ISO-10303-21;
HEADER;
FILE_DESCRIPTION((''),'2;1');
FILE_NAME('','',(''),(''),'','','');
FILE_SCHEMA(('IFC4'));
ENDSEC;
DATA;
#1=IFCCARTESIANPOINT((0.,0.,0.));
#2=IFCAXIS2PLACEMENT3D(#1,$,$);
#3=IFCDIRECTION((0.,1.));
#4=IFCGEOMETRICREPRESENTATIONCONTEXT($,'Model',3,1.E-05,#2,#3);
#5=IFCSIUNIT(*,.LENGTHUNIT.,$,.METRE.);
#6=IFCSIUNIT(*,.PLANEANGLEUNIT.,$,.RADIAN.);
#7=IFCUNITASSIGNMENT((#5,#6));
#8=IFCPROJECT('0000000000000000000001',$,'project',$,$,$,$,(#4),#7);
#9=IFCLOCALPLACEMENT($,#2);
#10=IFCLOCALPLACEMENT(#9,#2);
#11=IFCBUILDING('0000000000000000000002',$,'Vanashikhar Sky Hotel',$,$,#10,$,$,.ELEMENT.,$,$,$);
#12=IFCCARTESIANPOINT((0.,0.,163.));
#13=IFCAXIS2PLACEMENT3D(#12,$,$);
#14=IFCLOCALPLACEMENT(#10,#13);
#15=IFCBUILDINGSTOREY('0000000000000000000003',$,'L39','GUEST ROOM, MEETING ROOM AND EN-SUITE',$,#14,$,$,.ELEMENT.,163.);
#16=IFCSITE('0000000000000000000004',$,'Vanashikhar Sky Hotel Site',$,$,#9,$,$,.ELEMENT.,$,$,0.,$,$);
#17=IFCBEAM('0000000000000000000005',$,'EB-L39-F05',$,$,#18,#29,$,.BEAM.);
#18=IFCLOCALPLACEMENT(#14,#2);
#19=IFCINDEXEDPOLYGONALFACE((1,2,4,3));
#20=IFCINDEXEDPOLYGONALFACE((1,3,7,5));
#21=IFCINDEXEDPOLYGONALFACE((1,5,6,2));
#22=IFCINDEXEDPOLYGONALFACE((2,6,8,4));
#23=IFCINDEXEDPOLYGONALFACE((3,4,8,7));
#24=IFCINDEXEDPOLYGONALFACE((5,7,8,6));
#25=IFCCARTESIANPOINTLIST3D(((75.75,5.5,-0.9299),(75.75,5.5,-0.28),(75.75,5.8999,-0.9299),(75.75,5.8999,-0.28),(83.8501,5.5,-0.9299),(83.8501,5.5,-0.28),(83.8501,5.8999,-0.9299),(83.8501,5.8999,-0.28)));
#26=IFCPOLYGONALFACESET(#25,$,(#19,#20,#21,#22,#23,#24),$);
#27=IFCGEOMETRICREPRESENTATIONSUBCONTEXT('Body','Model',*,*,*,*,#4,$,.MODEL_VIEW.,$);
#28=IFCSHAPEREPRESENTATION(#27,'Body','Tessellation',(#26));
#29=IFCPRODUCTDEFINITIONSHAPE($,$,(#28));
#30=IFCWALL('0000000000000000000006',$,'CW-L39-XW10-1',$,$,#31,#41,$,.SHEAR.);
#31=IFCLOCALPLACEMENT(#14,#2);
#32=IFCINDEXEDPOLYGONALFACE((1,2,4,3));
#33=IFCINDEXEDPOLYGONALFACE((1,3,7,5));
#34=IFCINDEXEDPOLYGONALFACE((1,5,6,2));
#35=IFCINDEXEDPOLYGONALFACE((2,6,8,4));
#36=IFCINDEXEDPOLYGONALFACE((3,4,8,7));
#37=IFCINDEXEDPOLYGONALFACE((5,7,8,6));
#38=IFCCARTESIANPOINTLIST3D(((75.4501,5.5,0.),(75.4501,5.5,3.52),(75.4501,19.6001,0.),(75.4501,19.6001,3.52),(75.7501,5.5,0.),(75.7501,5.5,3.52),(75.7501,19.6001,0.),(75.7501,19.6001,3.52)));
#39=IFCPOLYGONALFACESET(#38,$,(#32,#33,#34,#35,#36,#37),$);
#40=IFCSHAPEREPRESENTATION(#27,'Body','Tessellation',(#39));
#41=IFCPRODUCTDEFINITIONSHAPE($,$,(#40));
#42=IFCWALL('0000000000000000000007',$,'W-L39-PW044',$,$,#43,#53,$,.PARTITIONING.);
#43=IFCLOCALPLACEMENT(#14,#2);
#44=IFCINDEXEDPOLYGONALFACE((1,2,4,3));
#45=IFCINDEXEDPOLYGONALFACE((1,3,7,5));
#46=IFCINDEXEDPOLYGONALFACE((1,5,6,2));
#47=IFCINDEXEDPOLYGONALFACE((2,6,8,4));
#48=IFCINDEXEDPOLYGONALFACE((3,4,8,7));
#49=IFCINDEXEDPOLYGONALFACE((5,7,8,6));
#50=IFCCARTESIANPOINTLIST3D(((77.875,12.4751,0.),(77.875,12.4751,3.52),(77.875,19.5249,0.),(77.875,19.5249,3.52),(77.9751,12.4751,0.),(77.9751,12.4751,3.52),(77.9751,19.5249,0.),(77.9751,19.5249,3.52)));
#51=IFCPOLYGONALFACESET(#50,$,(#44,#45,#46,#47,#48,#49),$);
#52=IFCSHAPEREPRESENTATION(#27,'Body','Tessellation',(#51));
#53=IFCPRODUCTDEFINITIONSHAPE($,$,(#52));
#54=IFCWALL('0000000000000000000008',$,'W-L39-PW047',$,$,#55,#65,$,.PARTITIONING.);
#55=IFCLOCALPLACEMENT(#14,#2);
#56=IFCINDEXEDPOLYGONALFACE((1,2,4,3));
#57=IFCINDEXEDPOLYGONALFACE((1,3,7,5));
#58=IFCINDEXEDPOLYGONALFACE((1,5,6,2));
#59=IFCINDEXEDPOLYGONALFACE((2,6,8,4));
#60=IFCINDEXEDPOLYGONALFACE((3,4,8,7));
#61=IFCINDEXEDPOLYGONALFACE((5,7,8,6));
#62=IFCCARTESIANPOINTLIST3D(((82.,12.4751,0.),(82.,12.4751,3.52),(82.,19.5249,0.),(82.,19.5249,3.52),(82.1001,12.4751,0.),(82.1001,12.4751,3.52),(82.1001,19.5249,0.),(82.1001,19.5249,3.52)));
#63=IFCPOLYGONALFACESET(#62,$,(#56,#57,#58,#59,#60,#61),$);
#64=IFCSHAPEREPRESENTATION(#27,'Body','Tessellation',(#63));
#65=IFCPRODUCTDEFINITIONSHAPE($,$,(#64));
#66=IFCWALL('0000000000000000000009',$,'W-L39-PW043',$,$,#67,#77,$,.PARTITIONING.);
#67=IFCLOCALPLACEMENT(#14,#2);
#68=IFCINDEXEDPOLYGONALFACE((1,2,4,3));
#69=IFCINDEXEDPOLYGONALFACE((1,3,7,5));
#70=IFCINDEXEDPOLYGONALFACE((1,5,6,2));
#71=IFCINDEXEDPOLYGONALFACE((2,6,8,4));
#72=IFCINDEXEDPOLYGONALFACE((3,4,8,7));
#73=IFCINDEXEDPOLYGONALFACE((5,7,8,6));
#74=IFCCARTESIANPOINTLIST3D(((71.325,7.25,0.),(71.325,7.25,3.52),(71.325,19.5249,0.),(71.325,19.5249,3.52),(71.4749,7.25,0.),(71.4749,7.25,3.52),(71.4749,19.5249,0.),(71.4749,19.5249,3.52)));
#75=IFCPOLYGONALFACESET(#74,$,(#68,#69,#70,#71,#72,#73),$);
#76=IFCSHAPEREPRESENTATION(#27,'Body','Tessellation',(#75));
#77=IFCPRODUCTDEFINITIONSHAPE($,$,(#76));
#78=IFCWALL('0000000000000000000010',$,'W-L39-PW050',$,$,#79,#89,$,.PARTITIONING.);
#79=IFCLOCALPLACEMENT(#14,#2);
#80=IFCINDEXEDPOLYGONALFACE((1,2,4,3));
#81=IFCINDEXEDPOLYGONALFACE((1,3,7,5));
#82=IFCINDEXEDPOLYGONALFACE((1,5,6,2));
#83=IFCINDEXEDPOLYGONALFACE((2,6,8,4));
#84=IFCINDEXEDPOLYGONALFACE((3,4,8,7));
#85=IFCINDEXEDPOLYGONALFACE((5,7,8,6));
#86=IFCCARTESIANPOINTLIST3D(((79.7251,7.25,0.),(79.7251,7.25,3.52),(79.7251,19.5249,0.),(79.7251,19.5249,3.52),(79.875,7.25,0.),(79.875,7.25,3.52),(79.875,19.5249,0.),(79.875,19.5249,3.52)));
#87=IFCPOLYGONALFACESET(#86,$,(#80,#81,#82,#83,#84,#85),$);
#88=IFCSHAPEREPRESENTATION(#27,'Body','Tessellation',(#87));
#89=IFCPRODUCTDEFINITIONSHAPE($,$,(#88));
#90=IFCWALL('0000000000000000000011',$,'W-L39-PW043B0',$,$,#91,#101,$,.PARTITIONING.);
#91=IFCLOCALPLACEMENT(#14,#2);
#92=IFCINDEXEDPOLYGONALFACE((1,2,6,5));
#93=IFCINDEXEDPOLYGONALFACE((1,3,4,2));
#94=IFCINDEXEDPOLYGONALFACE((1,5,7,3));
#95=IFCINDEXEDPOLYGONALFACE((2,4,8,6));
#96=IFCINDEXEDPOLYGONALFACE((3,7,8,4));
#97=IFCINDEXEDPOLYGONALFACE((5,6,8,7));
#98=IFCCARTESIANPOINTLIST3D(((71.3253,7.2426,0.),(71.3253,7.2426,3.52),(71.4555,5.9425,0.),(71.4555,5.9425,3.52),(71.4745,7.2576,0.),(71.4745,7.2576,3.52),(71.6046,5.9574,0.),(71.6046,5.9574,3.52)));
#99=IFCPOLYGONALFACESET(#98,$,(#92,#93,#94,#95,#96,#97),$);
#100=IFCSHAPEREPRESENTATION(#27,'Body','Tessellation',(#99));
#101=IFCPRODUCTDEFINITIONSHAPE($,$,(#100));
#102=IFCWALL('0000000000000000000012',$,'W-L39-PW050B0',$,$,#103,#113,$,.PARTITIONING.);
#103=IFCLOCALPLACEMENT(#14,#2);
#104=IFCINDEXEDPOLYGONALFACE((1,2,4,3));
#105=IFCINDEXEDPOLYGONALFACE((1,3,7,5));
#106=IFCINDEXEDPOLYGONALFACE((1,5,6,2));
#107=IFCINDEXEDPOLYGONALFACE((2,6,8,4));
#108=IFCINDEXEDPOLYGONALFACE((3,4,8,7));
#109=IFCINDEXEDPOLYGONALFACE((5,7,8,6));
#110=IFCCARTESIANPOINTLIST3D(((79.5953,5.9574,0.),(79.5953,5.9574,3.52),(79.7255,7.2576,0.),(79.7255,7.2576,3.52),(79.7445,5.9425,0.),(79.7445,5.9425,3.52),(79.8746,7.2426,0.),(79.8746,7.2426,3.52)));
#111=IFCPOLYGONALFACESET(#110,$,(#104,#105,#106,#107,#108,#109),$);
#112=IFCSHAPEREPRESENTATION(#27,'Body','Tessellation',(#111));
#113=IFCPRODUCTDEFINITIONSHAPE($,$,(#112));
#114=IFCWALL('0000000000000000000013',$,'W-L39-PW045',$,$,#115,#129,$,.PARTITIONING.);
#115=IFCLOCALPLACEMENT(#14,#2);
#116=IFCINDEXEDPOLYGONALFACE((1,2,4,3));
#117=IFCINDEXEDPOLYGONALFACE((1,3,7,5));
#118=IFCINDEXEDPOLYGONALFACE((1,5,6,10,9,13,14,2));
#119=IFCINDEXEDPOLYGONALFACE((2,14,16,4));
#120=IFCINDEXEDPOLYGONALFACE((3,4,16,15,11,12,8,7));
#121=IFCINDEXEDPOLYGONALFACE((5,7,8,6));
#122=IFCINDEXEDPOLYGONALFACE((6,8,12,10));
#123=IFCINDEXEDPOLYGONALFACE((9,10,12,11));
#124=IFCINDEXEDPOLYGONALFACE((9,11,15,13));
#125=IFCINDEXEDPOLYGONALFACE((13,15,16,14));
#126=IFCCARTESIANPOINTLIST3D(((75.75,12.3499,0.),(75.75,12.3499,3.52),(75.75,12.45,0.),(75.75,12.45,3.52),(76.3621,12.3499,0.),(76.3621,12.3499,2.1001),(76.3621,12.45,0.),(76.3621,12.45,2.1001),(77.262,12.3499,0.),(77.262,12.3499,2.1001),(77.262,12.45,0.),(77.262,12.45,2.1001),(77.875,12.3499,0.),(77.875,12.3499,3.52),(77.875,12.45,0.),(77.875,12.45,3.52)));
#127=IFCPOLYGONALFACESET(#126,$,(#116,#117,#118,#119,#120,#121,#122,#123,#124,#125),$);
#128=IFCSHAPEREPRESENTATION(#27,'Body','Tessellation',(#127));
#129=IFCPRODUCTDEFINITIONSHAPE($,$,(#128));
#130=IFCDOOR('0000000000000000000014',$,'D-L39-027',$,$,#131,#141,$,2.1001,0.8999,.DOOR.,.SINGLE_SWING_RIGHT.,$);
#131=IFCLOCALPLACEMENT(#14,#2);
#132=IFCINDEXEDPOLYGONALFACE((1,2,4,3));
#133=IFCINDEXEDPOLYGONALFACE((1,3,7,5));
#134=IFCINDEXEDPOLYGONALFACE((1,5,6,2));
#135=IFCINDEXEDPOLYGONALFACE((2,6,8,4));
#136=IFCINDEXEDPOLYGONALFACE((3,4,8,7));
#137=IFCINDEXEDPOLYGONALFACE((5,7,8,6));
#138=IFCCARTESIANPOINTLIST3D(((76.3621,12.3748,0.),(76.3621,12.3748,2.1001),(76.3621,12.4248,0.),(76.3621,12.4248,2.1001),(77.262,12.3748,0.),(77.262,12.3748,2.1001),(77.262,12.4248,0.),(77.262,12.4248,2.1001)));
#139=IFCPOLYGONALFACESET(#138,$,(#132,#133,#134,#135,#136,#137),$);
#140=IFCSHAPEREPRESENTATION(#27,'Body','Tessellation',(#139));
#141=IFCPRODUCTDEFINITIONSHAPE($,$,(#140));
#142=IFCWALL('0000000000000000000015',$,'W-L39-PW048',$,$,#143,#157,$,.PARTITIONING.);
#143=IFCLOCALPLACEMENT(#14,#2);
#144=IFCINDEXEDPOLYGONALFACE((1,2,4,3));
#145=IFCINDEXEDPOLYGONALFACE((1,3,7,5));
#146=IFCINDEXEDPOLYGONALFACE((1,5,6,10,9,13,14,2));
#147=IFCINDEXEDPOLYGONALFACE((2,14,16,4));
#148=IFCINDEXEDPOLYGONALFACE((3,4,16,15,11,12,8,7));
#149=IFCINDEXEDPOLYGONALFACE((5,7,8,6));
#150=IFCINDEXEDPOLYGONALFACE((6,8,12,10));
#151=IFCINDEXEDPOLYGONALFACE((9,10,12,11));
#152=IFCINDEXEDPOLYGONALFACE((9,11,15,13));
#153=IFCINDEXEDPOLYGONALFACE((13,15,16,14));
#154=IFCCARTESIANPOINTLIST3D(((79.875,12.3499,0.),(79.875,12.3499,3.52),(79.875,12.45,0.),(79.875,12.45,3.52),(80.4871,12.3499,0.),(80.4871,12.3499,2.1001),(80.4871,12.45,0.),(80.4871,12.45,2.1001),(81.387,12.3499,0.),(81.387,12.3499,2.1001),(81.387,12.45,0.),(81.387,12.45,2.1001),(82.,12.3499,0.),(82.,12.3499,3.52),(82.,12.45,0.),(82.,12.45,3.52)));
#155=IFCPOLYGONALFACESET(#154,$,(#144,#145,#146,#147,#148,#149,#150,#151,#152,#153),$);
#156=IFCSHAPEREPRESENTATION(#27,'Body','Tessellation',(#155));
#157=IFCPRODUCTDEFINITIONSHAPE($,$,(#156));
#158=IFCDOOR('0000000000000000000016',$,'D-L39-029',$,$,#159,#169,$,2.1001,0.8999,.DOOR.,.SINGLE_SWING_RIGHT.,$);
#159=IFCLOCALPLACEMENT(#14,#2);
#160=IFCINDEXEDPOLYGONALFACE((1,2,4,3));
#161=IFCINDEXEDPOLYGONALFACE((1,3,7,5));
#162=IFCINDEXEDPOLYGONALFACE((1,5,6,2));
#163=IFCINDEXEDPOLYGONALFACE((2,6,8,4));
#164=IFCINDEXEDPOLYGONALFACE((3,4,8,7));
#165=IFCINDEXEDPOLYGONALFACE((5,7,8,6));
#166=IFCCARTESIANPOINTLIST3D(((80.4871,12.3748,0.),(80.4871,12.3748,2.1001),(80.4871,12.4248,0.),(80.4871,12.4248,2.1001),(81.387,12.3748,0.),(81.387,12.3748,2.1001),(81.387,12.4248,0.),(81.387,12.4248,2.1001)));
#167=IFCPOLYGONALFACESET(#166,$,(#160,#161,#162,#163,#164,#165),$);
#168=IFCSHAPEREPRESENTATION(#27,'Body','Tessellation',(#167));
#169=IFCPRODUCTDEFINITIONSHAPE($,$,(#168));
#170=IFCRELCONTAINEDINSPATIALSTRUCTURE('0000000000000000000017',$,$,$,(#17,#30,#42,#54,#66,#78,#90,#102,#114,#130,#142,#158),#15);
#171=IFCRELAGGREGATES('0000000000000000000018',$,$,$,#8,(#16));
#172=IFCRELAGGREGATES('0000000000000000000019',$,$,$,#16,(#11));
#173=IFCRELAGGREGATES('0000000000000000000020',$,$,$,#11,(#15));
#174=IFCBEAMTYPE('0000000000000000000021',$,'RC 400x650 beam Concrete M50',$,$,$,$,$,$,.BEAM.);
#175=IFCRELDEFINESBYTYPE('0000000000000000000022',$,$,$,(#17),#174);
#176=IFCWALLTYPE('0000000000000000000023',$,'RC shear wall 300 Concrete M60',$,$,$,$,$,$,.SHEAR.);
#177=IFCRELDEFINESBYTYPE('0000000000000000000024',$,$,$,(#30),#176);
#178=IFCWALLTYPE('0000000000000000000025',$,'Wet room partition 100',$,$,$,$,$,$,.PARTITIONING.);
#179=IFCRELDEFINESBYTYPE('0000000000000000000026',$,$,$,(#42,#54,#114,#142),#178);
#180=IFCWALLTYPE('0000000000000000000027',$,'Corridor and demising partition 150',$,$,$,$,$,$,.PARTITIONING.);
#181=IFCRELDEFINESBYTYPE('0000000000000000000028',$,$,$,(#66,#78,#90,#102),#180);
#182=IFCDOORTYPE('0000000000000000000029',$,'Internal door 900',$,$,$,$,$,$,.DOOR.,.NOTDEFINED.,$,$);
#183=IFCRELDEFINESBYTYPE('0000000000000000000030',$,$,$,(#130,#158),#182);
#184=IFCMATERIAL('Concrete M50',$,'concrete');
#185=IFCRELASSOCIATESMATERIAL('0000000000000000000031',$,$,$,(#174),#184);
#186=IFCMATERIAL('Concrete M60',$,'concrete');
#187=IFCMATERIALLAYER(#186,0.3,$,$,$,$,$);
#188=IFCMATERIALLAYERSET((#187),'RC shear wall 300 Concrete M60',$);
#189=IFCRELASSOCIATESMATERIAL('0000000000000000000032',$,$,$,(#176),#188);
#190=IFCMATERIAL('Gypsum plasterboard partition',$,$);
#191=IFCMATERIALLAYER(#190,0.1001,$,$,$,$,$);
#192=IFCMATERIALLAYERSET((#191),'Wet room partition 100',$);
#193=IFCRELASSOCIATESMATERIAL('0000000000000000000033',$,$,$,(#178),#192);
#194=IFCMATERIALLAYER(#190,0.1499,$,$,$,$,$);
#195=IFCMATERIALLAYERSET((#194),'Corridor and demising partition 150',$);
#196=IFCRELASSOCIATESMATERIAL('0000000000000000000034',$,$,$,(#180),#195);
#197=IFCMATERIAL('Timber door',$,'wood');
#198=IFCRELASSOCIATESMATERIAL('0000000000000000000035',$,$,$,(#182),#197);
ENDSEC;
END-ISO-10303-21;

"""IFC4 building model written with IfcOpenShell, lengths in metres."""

from ifc_helpers import new_model, si_unit, direction, frame, frame_2d, origin, origin_2d, place, context, subcontext, project, spatial, rectangle, extrude, source, transform, mapped, material, layer, layer_set, material_profile, profile_set, type_object, element, fill, save


model = new_model("IFC4")

# Units and contexts
model_context = context("Model", 3, precision=1e-05, world=origin(), true_north=direction((0.0, 1.0)))
body_context = subcontext(model_context, "Body", "Model", "MODEL_VIEW")
ifc_project = project(units=[si_unit("LENGTHUNIT", "METRE"), si_unit("PLANEANGLEUNIT", "RADIAN")], contexts=[model_context])

# Site, building, storey
site_placement = place(None, origin())
site = spatial("IfcSite", under=ifc_project, at=site_placement, Name="Vanashikhar Sky Hotel Site", CompositionType="ELEMENT", RefElevation=0.0)
building_placement = place(site_placement, origin())
building = spatial("IfcBuilding", under=site, at=building_placement, Name="Vanashikhar Sky Hotel", CompositionType="ELEMENT")
storey_placement = place(building_placement, frame((0.0, 0.0, 163.0)))
storey = spatial("IfcBuildingStorey", under=building, at=storey_placement, Name="L39", Description="GUEST ROOM, MEETING ROOM AND EN-SUITE", CompositionType="ELEMENT", Elevation=163.0)

# Beam
ifc_material_1 = material(Name="Concrete M50", Category="concrete")
ifc_material_profile = material_profile(ifc_material_1, rectangle(XDim=0.3999, YDim=0.6499, at=origin_2d()))
ifc_profile_set = profile_set([ifc_material_profile], Name="RC 400x650 beam Concrete M50")
beam_type = type_object("IfcBeamType", Name="RC 400x650 beam Concrete M50", PredefinedType="BEAM", material=ifc_profile_set)
shared_shape_1 = source(origin(), body_context, "Body", "SweptSolid", [
    extrude(rectangle(XDim=0.3999, YDim=0.6499, at=origin_2d()), origin(), (0.0, 0.0, 1.0), 8.1001),
])
beam_placement = place(storey_placement, frame((75.75, 5.7, -0.605), z_axis=(1.0, 0.0, 0.0), x_axis=(0.0, 1.0, 0.0)))
element("IfcBeam", 1, at=beam_placement, inside=storey, type_object=beam_type, Name="EB-L39-F05", PredefinedType="BEAM", context=body_context, shape_type="MappedRepresentation", body=[
    mapped(shared_shape_1, transform((0.0, 0.0, 0.0), scale=1.0)),
])

# Wall
ifc_material_2 = material(Name="Concrete M60", Category="concrete")
ifc_layer_1 = layer(ifc_material_2, 0.3)
ifc_layer_set_1 = layer_set([ifc_layer_1], Name="RC shear wall 300 Concrete M60")
wall_type_1 = type_object("IfcWallType", Name="RC shear wall 300 Concrete M60", PredefinedType="SHEAR", material=ifc_layer_set_1)
shared_shape_2 = source(origin(), body_context, "Body", "SweptSolid", [
    extrude(rectangle(XDim=14.1001, YDim=0.3, at=frame_2d((7.05, 0.0))), origin(), (0.0, 0.0, 1.0), 3.52),
])
wall_1_placement = place(storey_placement, frame((75.6001, 5.5, 0.0), z_axis=(0.0, 0.0, 1.0), x_axis=(0.0, 1.0, 0.0)))
element("IfcWall", 2, at=wall_1_placement, inside=storey, type_object=wall_type_1, Name="CW-L39-XW10-1", PredefinedType="SHEAR", context=body_context, shape_type="MappedRepresentation", body=[
    mapped(shared_shape_2, transform((0.0, 0.0, 0.0), scale=1.0)),
])

# Walls
ifc_material_3 = material(Name="Gypsum plasterboard partition")
ifc_layer_2 = layer(ifc_material_3, 0.1001)
ifc_layer_set_2 = layer_set([ifc_layer_2], Name="Wet room partition 100")
wall_type_2 = type_object("IfcWallType", Name="Wet room partition 100", PredefinedType="PARTITIONING", material=ifc_layer_set_2)
shared_shape_3 = source(origin(), body_context, "Body", "SweptSolid", [
    extrude(rectangle(XDim=7.0498, YDim=0.1001, at=frame_2d((3.5249, 0.0))), origin(), (0.0, 0.0, 1.0), 3.52),
])
for number, where, z_axis, x_axis, name in (
    (3, (77.925, 12.4751, 0.0), (0.0, 0.0, 1.0), (0.0, 1.0, 0.0), "W-L39-PW044"),
    (4, (82.05, 12.4751, 0.0), (0.0, 0.0, 1.0), (0.0, 1.0, 0.0), "W-L39-PW047"),
):
    element("IfcWall", number, at=place(storey_placement, frame(where, z_axis=z_axis, x_axis=x_axis)), inside=storey, type_object=wall_type_2, Name=name, PredefinedType="PARTITIONING", context=body_context, shape_type="MappedRepresentation", body=[
        mapped(shared_shape_3, transform((0.0, 0.0, 0.0), scale=1.0)),
    ])
ifc_layer_3 = layer(ifc_material_3, 0.1499)
ifc_layer_set_3 = layer_set([ifc_layer_3], Name="Corridor and demising partition 150")
wall_type_3 = type_object("IfcWallType", Name="Corridor and demising partition 150", PredefinedType="PARTITIONING", material=ifc_layer_set_3)
shared_shape_4 = source(origin(), body_context, "Body", "SweptSolid", [
    extrude(rectangle(XDim=12.2749, YDim=0.1499, at=frame_2d((6.1375, 0.0))), origin(), (0.0, 0.0, 1.0), 3.52),
])
for number, where, z_axis, x_axis, name in (
    (5, (71.3999, 7.25, 0.0), (0.0, 0.0, 1.0), (0.0, 1.0, 0.0), "W-L39-PW043"),
    (6, (79.8, 7.25, 0.0), (0.0, 0.0, 1.0), (0.0, 1.0, 0.0), "W-L39-PW050"),
):
    element("IfcWall", number, at=place(storey_placement, frame(where, z_axis=z_axis, x_axis=x_axis)), inside=storey, type_object=wall_type_3, Name=name, PredefinedType="PARTITIONING", context=body_context, shape_type="MappedRepresentation", body=[
        mapped(shared_shape_4, transform((0.0, 0.0, 0.0), scale=1.0)),
    ])
shared_shape_5 = source(origin(), body_context, "Body", "SweptSolid", [
    extrude(rectangle(XDim=1.3066, YDim=0.1499, at=frame_2d((0.6533, 0.0))), origin(), (0.0, 0.0, 1.0), 3.52),
])
for number, where, z_axis, x_axis, name in (
    (7, (71.53, 5.95, 0.0), (0.0, 0.0, 1.0), (-0.099596, 0.995028, 0.0), "W-L39-PW043B0"),
    (8, (79.6699, 5.95, 0.0), (0.0, 0.0, 1.0), (0.099596, 0.995028, 0.0), "W-L39-PW050B0"),
):
    element("IfcWall", number, at=place(storey_placement, frame(where, z_axis=z_axis, x_axis=x_axis)), inside=storey, type_object=wall_type_3, Name=name, PredefinedType="PARTITIONING", context=body_context, shape_type="MappedRepresentation", body=[
        mapped(shared_shape_5, transform((0.0, 0.0, 0.0), scale=1.0)),
    ])

# Walls, openings, doors
shared_shape_6 = source(origin(), body_context, "Body", "SweptSolid", [
    extrude(rectangle(XDim=2.125, YDim=0.1001, at=frame_2d((1.0625, 0.0))), origin(), (0.0, 0.0, 1.0), 3.52),
])
wall_2_placement = place(storey_placement, frame((75.75, 12.3999, 0.0), z_axis=(0.0, 0.0, 1.0), x_axis=(1.0, 0.0, 0.0)))
wall_2 = element("IfcWall", 9, at=wall_2_placement, inside=storey, type_object=wall_type_2, Name="W-L39-PW045", PredefinedType="PARTITIONING", context=body_context, shape_type="MappedRepresentation", body=[
    mapped(shared_shape_6, transform((0.0, 0.0, 0.0), scale=1.0)),
])
shared_shape_7 = source(origin(), body_context, "Body", "SweptSolid", [
    extrude(rectangle(XDim=0.8999, YDim=2.1001, at=frame_2d((0.45, 1.05))), frame((0.0, 0.0601, 0.0), z_axis=(0.0, -1.0, 0.0), x_axis=(1.0, 0.0, 0.0)), (0.0, 0.0, 1.0), 0.1201),
])
opening_1_placement = place(wall_2_placement, frame((0.6121, 0.0, 0.0)))
opening_1 = element("IfcOpeningElement", 10, at=opening_1_placement, cuts=wall_2, PredefinedType="OPENING", context=body_context, shape_type="MappedRepresentation", body=[
    mapped(shared_shape_7, transform((0.0, 0.0, 0.0), scale=1.0)),
])
ifc_material_4 = material(Name="Timber door", Category="wood")
door_type_1 = type_object("IfcDoorType", Name="Internal door 900", OperationType="NOTDEFINED", PredefinedType="DOOR", material=ifc_material_4)
shared_shape_8 = source(origin(), body_context, "Body", "SweptSolid", [
    extrude(rectangle(XDim=0.8999, YDim=2.1001, at=frame_2d((0.45, 1.05))), frame((0.0, 0.0249, 0.0), z_axis=(0.0, -1.0, 0.0), x_axis=(1.0, 0.0, 0.0)), (0.0, 0.0, 1.0), 0.05),
])
door_1_placement = place(opening_1_placement, origin())
door_1 = element("IfcDoor", 11, at=door_1_placement, inside=storey, type_object=door_type_1, Name="D-L39-027", OperationType="SINGLE_SWING_RIGHT", OverallHeight=2.1001, OverallWidth=0.8999, PredefinedType="DOOR", context=body_context, shape_type="MappedRepresentation", body=[
    mapped(shared_shape_8, transform((0.0, 0.0, 0.0), scale=1.0)),
])
fill(opening_1, door_1)
wall_3_placement = place(storey_placement, frame((79.875, 12.3999, 0.0), z_axis=(0.0, 0.0, 1.0), x_axis=(1.0, 0.0, 0.0)))
wall_3 = element("IfcWall", 12, at=wall_3_placement, inside=storey, type_object=wall_type_2, Name="W-L39-PW048", PredefinedType="PARTITIONING", context=body_context, shape_type="MappedRepresentation", body=[
    mapped(shared_shape_6, transform((0.0, 0.0, 0.0), scale=1.0)),
])
opening_2_placement = place(wall_3_placement, frame((0.6121, 0.0, 0.0)))
opening_2 = element("IfcOpeningElement", 13, at=opening_2_placement, cuts=wall_3, PredefinedType="OPENING", context=body_context, shape_type="MappedRepresentation", body=[
    mapped(shared_shape_7, transform((0.0, 0.0, 0.0), scale=1.0)),
])
door_2_placement = place(opening_2_placement, origin())
door_2 = element("IfcDoor", 14, at=door_2_placement, inside=storey, type_object=door_type_1, Name="D-L39-029", OperationType="SINGLE_SWING_RIGHT", OverallHeight=2.1001, OverallWidth=0.8999, PredefinedType="DOOR", context=body_context, shape_type="MappedRepresentation", body=[
    mapped(shared_shape_8, transform((0.0, 0.0, 0.0), scale=1.0)),
])
fill(opening_2, door_2)

save(model, "model.ifc")
